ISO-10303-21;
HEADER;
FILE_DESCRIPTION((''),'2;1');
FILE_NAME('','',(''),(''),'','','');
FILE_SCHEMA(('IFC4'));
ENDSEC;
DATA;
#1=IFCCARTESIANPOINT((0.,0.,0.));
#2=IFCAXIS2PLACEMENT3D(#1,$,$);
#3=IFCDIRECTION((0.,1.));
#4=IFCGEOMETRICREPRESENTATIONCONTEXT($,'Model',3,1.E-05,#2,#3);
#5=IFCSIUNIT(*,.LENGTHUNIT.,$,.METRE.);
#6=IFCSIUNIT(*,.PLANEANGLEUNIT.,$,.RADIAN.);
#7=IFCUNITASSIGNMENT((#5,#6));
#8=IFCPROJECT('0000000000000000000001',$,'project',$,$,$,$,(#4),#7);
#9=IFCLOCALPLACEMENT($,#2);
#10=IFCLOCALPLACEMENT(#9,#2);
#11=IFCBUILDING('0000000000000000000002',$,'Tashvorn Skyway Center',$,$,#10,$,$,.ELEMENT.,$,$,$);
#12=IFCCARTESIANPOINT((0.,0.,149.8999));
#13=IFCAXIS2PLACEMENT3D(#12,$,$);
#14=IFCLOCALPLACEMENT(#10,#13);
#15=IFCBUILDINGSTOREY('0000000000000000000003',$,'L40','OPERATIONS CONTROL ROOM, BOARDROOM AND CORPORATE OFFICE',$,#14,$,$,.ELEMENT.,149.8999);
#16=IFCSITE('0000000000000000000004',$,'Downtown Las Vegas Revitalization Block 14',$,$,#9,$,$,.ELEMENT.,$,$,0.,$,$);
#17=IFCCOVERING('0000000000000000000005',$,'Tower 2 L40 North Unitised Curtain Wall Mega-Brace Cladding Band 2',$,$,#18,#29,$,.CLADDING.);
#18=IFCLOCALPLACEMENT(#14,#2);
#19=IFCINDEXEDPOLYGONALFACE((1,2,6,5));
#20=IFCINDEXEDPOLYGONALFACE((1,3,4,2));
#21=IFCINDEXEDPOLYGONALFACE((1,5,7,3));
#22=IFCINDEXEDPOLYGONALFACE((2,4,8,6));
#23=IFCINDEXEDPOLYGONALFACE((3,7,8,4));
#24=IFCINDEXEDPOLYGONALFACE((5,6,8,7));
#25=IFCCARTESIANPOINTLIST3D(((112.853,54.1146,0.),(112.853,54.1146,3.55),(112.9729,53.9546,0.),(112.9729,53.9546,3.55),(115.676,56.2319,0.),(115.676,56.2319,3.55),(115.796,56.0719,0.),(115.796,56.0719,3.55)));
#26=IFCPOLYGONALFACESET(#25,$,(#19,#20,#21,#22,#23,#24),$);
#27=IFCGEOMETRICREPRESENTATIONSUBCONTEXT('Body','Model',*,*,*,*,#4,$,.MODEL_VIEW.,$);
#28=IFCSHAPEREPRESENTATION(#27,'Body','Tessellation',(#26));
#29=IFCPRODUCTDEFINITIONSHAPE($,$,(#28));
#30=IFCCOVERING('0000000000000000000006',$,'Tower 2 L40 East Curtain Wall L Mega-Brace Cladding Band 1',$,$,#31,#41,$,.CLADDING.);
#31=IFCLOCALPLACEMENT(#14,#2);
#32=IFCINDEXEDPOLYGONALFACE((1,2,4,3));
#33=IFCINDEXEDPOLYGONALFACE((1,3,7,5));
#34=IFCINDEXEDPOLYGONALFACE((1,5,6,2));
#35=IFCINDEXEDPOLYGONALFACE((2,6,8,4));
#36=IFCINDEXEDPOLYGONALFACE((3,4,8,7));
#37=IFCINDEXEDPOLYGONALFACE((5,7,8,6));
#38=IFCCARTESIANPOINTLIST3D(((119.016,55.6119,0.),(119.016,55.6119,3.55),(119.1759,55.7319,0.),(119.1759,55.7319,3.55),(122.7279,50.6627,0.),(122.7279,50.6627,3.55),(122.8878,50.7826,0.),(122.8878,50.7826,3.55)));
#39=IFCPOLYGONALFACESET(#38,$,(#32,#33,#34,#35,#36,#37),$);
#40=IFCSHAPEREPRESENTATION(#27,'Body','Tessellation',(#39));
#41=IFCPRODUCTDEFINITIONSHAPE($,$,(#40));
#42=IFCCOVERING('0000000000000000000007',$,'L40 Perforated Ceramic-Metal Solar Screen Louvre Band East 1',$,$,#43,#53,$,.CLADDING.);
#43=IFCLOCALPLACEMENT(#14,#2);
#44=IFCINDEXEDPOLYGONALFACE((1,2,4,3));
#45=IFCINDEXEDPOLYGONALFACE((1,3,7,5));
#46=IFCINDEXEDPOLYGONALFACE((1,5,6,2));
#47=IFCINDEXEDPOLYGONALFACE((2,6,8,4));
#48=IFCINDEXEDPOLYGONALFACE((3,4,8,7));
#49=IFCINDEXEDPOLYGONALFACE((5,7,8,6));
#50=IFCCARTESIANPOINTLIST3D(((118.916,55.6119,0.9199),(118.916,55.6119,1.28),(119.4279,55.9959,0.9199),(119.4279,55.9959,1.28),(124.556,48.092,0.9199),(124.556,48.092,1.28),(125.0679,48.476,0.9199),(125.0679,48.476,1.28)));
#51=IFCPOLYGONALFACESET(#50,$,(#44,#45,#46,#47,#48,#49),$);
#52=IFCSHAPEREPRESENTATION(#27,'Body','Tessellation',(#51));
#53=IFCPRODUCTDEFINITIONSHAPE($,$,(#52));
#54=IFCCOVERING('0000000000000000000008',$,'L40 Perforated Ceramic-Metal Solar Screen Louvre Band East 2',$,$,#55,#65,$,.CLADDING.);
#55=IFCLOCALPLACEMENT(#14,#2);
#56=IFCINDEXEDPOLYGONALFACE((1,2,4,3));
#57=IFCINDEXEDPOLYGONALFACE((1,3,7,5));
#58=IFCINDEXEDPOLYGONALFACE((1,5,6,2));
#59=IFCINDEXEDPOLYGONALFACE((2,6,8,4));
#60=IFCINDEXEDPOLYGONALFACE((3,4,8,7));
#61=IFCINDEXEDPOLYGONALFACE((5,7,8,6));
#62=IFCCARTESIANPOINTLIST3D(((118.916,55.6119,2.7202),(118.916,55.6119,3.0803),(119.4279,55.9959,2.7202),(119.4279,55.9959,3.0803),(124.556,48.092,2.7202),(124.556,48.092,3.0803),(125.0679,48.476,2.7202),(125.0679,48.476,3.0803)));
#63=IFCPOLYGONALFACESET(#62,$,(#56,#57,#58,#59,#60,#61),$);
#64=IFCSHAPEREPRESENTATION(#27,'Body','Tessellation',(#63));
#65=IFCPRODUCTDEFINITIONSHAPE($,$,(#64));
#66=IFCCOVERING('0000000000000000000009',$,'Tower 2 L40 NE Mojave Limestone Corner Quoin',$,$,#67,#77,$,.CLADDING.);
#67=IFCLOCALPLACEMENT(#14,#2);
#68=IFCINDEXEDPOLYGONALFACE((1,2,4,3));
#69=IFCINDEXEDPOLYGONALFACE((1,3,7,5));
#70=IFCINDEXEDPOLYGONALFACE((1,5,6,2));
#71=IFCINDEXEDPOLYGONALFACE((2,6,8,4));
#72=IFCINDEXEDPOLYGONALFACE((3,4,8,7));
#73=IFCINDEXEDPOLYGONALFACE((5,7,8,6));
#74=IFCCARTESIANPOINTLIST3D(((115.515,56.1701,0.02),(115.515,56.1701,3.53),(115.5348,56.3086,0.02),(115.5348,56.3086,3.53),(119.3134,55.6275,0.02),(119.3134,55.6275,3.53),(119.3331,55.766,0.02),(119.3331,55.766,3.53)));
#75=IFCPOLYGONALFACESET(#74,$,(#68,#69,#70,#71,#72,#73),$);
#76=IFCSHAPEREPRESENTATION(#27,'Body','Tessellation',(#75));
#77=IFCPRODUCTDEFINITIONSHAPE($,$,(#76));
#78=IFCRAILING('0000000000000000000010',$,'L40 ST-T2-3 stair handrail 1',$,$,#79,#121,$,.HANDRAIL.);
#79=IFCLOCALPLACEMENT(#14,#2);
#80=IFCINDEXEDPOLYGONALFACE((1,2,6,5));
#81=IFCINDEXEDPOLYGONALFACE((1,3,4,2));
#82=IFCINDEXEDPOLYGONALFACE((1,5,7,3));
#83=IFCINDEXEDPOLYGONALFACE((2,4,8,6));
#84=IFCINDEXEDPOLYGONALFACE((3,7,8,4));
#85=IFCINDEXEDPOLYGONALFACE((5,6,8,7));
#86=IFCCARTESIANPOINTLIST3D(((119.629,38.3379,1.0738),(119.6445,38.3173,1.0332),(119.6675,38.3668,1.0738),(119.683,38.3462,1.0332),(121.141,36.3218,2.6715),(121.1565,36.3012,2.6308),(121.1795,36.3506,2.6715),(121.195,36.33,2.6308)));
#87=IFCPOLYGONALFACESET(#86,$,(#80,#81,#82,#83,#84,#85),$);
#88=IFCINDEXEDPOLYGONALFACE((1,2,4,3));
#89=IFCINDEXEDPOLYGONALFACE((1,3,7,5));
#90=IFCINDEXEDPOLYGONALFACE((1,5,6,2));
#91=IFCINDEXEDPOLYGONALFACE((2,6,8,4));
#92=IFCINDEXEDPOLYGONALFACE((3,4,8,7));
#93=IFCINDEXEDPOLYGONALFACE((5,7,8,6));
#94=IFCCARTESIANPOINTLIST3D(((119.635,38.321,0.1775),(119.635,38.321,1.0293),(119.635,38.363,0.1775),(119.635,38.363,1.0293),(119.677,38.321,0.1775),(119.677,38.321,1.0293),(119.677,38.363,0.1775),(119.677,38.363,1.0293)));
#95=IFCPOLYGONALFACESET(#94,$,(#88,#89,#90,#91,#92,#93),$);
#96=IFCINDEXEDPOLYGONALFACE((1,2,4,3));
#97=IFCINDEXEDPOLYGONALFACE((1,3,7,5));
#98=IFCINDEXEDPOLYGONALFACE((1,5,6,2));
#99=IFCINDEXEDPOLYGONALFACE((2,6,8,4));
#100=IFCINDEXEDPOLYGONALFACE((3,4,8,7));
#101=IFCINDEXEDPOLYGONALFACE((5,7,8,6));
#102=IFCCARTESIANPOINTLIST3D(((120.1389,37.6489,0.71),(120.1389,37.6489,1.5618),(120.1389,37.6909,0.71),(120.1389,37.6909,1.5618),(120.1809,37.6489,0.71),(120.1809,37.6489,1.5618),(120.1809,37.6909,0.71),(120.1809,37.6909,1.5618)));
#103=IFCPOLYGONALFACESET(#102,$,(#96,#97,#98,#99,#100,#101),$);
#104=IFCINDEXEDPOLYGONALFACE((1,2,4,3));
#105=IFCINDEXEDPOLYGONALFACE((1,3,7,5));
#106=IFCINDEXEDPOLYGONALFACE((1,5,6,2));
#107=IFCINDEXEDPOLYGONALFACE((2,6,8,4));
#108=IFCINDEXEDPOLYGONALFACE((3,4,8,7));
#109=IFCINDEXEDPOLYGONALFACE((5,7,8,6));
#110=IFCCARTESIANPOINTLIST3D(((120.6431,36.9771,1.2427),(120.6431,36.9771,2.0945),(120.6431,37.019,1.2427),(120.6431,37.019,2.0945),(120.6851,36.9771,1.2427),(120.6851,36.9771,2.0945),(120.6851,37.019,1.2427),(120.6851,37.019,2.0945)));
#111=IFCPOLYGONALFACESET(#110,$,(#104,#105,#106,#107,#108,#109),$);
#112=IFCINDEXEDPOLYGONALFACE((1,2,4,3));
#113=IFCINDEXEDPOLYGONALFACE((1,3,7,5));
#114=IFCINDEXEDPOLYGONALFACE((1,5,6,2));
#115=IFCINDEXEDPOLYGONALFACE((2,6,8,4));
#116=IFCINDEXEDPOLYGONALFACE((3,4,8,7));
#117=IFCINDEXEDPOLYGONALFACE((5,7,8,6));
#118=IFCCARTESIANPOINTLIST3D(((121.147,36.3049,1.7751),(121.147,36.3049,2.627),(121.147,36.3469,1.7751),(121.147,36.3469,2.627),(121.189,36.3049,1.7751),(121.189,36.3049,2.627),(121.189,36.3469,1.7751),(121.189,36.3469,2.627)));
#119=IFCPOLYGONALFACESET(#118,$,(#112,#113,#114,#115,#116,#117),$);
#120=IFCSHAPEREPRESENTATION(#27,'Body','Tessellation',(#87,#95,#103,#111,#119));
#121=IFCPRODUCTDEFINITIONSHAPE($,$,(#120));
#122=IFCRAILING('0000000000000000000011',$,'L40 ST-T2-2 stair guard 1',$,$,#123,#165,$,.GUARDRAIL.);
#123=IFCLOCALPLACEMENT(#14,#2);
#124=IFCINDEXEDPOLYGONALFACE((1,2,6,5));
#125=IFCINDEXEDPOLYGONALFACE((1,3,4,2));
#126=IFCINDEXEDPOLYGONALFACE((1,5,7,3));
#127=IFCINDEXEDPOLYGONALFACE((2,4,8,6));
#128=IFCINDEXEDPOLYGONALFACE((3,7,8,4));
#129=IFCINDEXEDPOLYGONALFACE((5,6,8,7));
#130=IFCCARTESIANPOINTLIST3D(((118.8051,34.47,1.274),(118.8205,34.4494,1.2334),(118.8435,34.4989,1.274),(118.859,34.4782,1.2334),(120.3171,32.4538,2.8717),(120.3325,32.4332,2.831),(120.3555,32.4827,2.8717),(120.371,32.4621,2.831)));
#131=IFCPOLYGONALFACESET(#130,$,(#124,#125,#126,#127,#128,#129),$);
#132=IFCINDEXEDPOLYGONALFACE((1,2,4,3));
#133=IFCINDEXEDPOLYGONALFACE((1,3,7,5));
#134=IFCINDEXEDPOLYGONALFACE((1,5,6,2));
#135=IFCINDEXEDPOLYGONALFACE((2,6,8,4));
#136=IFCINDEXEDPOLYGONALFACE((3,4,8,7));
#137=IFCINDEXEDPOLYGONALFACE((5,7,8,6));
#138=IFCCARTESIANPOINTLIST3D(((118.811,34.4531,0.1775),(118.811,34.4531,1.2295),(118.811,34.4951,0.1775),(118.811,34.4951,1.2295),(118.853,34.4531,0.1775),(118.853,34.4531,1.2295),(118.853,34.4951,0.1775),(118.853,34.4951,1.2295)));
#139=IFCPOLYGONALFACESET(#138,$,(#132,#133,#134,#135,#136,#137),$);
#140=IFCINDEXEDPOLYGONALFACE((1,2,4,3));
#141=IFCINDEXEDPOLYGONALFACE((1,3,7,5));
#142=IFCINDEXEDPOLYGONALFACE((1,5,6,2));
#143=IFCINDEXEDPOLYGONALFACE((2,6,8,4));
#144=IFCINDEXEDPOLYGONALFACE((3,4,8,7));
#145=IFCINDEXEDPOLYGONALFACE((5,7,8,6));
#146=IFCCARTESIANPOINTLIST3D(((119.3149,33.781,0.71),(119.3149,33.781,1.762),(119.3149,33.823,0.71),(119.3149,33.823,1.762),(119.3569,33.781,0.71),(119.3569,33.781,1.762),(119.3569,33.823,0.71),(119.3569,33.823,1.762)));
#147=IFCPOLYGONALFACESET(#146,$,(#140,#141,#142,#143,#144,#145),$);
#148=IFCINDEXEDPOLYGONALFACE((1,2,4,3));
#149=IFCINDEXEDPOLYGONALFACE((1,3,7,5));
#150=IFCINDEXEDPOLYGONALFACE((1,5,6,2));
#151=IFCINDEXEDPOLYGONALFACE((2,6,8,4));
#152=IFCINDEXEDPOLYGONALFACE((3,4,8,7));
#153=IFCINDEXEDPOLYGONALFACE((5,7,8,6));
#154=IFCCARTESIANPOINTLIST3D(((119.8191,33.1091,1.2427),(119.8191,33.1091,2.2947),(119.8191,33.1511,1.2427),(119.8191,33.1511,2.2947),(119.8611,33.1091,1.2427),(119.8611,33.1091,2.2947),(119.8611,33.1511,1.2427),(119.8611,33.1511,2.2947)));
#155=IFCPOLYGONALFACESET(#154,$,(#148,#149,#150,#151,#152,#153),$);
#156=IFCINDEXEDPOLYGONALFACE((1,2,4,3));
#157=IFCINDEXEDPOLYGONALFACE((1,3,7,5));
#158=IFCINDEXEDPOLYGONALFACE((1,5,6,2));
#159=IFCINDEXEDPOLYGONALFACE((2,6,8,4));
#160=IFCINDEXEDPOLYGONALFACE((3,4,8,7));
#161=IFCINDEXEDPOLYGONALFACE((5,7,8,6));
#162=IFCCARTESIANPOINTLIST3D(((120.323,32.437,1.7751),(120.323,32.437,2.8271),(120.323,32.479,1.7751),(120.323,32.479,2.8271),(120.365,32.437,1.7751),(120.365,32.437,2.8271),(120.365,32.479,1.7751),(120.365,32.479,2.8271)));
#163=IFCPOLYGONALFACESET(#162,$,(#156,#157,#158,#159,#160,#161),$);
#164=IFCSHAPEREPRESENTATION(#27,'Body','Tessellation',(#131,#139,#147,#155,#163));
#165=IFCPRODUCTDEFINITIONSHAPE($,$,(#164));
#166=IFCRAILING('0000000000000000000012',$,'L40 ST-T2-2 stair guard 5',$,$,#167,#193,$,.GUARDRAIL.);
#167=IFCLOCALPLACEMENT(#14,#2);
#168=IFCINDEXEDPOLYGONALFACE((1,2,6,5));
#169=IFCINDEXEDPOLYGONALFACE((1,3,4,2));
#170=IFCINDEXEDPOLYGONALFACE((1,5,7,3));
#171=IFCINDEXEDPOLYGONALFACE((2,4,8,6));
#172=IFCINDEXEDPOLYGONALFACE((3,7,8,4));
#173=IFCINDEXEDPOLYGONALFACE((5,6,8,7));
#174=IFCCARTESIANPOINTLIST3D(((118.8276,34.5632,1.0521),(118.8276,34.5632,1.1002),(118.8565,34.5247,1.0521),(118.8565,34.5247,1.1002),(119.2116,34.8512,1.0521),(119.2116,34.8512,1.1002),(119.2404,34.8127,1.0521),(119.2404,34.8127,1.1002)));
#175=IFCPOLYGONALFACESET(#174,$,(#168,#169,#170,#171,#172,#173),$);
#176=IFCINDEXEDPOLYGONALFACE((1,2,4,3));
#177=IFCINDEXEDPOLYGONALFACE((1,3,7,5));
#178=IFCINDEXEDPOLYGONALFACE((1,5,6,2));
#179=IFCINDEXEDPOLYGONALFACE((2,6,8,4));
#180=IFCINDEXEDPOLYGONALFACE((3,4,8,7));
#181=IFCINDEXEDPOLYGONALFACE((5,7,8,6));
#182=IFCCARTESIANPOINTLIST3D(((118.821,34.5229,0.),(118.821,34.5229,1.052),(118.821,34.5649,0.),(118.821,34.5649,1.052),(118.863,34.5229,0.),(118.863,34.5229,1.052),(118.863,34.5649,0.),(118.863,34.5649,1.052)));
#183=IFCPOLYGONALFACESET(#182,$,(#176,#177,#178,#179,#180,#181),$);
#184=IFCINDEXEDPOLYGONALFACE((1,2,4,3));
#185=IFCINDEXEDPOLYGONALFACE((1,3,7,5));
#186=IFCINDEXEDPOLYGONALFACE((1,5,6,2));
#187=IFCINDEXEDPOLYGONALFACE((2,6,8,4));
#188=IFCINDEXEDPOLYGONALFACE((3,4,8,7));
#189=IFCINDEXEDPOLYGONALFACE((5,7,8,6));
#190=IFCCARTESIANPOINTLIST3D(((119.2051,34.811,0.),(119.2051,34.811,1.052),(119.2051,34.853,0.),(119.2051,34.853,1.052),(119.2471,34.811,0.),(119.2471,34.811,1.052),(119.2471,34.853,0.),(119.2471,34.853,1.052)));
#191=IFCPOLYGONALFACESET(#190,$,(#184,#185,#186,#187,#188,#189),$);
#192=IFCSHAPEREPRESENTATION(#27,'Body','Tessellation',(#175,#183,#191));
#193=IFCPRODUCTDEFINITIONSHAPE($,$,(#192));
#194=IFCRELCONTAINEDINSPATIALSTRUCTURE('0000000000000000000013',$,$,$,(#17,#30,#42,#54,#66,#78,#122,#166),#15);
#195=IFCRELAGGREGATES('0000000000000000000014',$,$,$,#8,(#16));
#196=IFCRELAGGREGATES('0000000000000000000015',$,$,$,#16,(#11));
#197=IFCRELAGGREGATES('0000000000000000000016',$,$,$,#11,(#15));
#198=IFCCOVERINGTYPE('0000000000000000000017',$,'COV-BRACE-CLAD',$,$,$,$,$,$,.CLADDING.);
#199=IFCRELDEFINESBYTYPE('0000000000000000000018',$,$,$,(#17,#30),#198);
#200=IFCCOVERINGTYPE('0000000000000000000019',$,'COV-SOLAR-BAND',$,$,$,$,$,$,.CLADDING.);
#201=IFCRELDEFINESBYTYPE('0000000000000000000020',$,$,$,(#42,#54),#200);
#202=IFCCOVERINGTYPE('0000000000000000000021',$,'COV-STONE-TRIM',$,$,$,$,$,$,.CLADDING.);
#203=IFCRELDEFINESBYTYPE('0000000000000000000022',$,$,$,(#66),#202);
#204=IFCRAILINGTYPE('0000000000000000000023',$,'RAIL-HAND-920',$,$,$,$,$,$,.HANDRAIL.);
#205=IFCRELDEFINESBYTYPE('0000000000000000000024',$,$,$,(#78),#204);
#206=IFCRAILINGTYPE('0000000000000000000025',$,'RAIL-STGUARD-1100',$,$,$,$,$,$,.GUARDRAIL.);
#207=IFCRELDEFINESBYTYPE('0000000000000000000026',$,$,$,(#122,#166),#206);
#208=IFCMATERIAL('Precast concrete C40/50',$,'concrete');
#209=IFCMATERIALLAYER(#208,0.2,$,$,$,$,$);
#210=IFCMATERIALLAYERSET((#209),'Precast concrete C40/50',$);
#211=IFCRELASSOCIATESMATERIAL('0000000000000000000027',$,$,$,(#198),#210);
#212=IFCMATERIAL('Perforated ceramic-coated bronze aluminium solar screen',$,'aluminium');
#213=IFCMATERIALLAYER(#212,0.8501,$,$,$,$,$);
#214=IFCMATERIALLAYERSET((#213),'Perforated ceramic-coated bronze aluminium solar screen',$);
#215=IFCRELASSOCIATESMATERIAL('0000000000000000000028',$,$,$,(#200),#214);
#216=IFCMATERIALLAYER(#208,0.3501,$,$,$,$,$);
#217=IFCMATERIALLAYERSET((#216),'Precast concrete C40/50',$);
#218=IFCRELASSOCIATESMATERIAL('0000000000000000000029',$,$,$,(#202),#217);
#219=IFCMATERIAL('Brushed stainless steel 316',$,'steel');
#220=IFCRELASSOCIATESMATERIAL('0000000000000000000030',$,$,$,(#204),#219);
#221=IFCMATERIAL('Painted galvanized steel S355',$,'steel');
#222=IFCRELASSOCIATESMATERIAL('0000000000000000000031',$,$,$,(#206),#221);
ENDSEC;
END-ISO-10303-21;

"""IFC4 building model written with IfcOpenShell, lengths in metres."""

from ifc_helpers import new_model, si_unit, direction, frame, origin, origin_2d, place, context, subcontext, project, spatial, rectangle, extrude, material, layer, layer_set, type_object, element, save


model = new_model("IFC4")

# Units and contexts
model_context = context("Model", 3, precision=1e-05, world=origin(), true_north=direction((0.0, 1.0)))
body_context = subcontext(model_context, "Body", "Model", "MODEL_VIEW")
ifc_project = project(units=[si_unit("LENGTHUNIT", "METRE"), si_unit("PLANEANGLEUNIT", "RADIAN")], contexts=[model_context])

# Site, building, storey
site_placement = place(None, origin())
site = spatial("IfcSite", under=ifc_project, at=site_placement, Name="Downtown Las Vegas Revitalization Block 14", CompositionType="ELEMENT", RefElevation=0.0)
building_placement = place(site_placement, origin())
building = spatial("IfcBuilding", under=site, at=building_placement, Name="Tashvorn Skyway Center", CompositionType="ELEMENT")
storey_placement = place(building_placement, frame((0.0, 0.0, 149.8999)))
storey = spatial("IfcBuildingStorey", under=building, at=storey_placement, Name="L40", Description="OPERATIONS CONTROL ROOM, BOARDROOM AND CORPORATE OFFICE", CompositionType="ELEMENT", Elevation=149.8999)

# Shared definitions
ifc_material_1 = material(Name="Precast concrete C40/50", Category="concrete")

# Coverings
ifc_layer_1 = layer(ifc_material_1, 0.2)
ifc_layer_set_1 = layer_set([ifc_layer_1], Name="Precast concrete C40/50")
covering_type_1 = type_object("IfcCoveringType", Name="COV-BRACE-CLAD", PredefinedType="CLADDING", material=ifc_layer_set_1)
covering_1_placement = place(storey_placement, frame((114.3245, 55.0933, 0.0), z_axis=(0.0, 0.0, 1.0), x_axis=(0.8, 0.6, 0.0)))
element("IfcCovering", 1, at=covering_1_placement, inside=storey, type_object=covering_type_1, Name="Tower 2 L40 North Unitised Curtain Wall Mega-Brace Cladding Band 2", PredefinedType="CLADDING", context=body_context, shape_type="SweptSolid", body=[
    extrude(rectangle(XDim=3.5288, YDim=0.2, at=origin_2d()), origin(), (0.0, 0.0, 1.0), 3.55),
])
covering_2_placement = place(storey_placement, frame((120.9519, 53.1973, 0.0), z_axis=(0.0, 0.0, 1.0), x_axis=(0.6, -0.8, 0.0)))
element("IfcCovering", 2, at=covering_2_placement, inside=storey, type_object=covering_type_1, Name="Tower 2 L40 East Curtain Wall L Mega-Brace Cladding Band 1", PredefinedType="CLADDING", context=body_context, shape_type="SweptSolid", body=[
    extrude(rectangle(XDim=6.1865, YDim=0.2, at=origin_2d()), origin(), (0.0, 0.0, 1.0), 3.55),
])
ifc_material_2 = material(Name="Perforated ceramic-coated bronze aluminium solar screen", Category="aluminium")
ifc_layer_2 = layer(ifc_material_2, 0.8501)
ifc_layer_set_2 = layer_set([ifc_layer_2], Name="Perforated ceramic-coated bronze aluminium solar screen")
covering_type_2 = type_object("IfcCoveringType", Name="COV-SOLAR-BAND", PredefinedType="CLADDING", material=ifc_layer_set_2)
for number, where, z_axis, x_axis, name in (
    (3, (121.9919, 52.0439, 0.9199), (0.0, 0.0, 1.0), (0.6, -0.8, 0.0), "L40 Perforated Ceramic-Metal Solar Screen Louvre Band East 1"),
    (4, (121.9919, 52.0439, 2.7202), (0.0, 0.0, 1.0), (0.6, -0.8, 0.0), "L40 Perforated Ceramic-Metal Solar Screen Louvre Band East 2"),
):
    element("IfcCovering", number, at=place(storey_placement, frame(where, z_axis=z_axis, x_axis=x_axis)), inside=storey, type_object=covering_type_2, Name=name, PredefinedType="CLADDING", context=body_context, shape_type="SweptSolid", body=[
        extrude(rectangle(XDim=9.3999, YDim=0.6399, at=origin_2d()), origin(), (0.0, 0.0, 1.0), 0.3601),
    ])
ifc_layer_3 = layer(ifc_material_1, 0.3501)
ifc_layer_set_3 = layer_set([ifc_layer_3], Name="Precast concrete C40/50")
covering_type_3 = type_object("IfcCoveringType", Name="COV-STONE-TRIM", PredefinedType="CLADDING", material=ifc_layer_set_3)
covering_3_placement = place(storey_placement, frame((117.4241, 55.968, 0.02), z_axis=(0.0, 0.0, 1.0), x_axis=(0.989949, -0.141421, 0.0)))
element("IfcCovering", 5, at=covering_3_placement, inside=storey, type_object=covering_type_3, Name="Tower 2 L40 NE Mojave Limestone Corner Quoin", PredefinedType="CLADDING", context=body_context, shape_type="SweptSolid", body=[
    extrude(rectangle(XDim=3.8369, YDim=0.1399, at=origin_2d()), origin(), (0.0, 0.0, 1.0), 3.51),
])

# Railings
ifc_material_3 = material(Name="Brushed stainless steel 316", Category="steel")
railing_type_1 = type_object("IfcRailingType", Name="RAIL-HAND-920", PredefinedType="HANDRAIL", material=ifc_material_3)
railing_1_placement = place(storey_placement, frame((119.656, 38.342, 0.1775)))
element("IfcRailing", 6, at=railing_1_placement, inside=storey, type_object=railing_type_1, Name="L40 ST-T2-3 stair handrail 1", PredefinedType="HANDRAIL", context=body_context, shape_type="SweptSolid", body=[
    extrude(rectangle(XDim=0.0481, YDim=0.0481, at=origin_2d()), frame((0.0, 0.0, 0.876), z_axis=(0.506719, -0.675679, 0.535438), x_axis=(0.800023, 0.599969, 0.0)), (0.0, 0.0, 1.0), 2.9839),
    extrude(rectangle(XDim=0.042, YDim=0.042, at=origin_2d()), origin(), (0.0, 0.0, 1.0), 0.8518),
    extrude(rectangle(XDim=0.042, YDim=0.042, at=origin_2d()), frame((0.5039, -0.6721, 0.5325)), (0.0, 0.0, 1.0), 0.8518),
    extrude(rectangle(XDim=0.042, YDim=0.042, at=origin_2d()), frame((1.0081, -1.344, 1.0652)), (0.0, 0.0, 1.0), 0.8518),
    extrude(rectangle(XDim=0.042, YDim=0.042, at=origin_2d()), frame((1.512, -2.0161, 1.5977)), (0.0, 0.0, 1.0), 0.8518),
])
ifc_material_4 = material(Name="Painted galvanized steel S355", Category="steel")
railing_type_2 = type_object("IfcRailingType", Name="RAIL-STGUARD-1100", PredefinedType="GUARDRAIL", material=ifc_material_4)
railing_2_placement = place(storey_placement, frame((118.832, 34.4741, 0.1775)))
element("IfcRailing", 7, at=railing_2_placement, inside=storey, type_object=railing_type_2, Name="L40 ST-T2-2 stair guard 1", PredefinedType="GUARDRAIL", context=body_context, shape_type="SweptSolid", body=[
    extrude(rectangle(XDim=0.0481, YDim=0.0481, at=origin_2d()), frame((0.0, 0.0, 1.0762), z_axis=(0.506719, -0.675679, 0.535438), x_axis=(0.800023, 0.599969, 0.0)), (0.0, 0.0, 1.0), 2.9839),
    extrude(rectangle(XDim=0.042, YDim=0.042, at=origin_2d()), origin(), (0.0, 0.0, 1.0), 1.052),
    extrude(rectangle(XDim=0.042, YDim=0.042, at=origin_2d()), frame((0.5039, -0.6721, 0.5325)), (0.0, 0.0, 1.0), 1.052),
    extrude(rectangle(XDim=0.042, YDim=0.042, at=origin_2d()), frame((1.0081, -1.344, 1.0652)), (0.0, 0.0, 1.0), 1.052),
    extrude(rectangle(XDim=0.042, YDim=0.042, at=origin_2d()), frame((1.512, -2.0161, 1.5977)), (0.0, 0.0, 1.0), 1.052),
])
railing_3_placement = place(storey_placement, frame((118.842, 34.5439, 0.0)))
element("IfcRailing", 8, at=railing_3_placement, inside=storey, type_object=railing_type_2, Name="L40 ST-T2-2 stair guard 5", PredefinedType="GUARDRAIL", context=body_context, shape_type="SweptSolid", body=[
    extrude(rectangle(XDim=0.0481, YDim=0.0481, at=origin_2d()), frame((0.0, 0.0, 1.0762), z_axis=(0.799939, 0.600081, 0.0), x_axis=(-0.600081, 0.799939, 0.0)), (0.0, 0.0, 1.0), 0.48),
    extrude(rectangle(XDim=0.042, YDim=0.042, at=origin_2d()), origin(), (0.0, 0.0, 1.0), 1.052),
    extrude(rectangle(XDim=0.042, YDim=0.042, at=origin_2d()), frame((0.384, 0.2881, 0.0)), (0.0, 0.0, 1.0), 1.052),
])

save(model, "model.ifc")
